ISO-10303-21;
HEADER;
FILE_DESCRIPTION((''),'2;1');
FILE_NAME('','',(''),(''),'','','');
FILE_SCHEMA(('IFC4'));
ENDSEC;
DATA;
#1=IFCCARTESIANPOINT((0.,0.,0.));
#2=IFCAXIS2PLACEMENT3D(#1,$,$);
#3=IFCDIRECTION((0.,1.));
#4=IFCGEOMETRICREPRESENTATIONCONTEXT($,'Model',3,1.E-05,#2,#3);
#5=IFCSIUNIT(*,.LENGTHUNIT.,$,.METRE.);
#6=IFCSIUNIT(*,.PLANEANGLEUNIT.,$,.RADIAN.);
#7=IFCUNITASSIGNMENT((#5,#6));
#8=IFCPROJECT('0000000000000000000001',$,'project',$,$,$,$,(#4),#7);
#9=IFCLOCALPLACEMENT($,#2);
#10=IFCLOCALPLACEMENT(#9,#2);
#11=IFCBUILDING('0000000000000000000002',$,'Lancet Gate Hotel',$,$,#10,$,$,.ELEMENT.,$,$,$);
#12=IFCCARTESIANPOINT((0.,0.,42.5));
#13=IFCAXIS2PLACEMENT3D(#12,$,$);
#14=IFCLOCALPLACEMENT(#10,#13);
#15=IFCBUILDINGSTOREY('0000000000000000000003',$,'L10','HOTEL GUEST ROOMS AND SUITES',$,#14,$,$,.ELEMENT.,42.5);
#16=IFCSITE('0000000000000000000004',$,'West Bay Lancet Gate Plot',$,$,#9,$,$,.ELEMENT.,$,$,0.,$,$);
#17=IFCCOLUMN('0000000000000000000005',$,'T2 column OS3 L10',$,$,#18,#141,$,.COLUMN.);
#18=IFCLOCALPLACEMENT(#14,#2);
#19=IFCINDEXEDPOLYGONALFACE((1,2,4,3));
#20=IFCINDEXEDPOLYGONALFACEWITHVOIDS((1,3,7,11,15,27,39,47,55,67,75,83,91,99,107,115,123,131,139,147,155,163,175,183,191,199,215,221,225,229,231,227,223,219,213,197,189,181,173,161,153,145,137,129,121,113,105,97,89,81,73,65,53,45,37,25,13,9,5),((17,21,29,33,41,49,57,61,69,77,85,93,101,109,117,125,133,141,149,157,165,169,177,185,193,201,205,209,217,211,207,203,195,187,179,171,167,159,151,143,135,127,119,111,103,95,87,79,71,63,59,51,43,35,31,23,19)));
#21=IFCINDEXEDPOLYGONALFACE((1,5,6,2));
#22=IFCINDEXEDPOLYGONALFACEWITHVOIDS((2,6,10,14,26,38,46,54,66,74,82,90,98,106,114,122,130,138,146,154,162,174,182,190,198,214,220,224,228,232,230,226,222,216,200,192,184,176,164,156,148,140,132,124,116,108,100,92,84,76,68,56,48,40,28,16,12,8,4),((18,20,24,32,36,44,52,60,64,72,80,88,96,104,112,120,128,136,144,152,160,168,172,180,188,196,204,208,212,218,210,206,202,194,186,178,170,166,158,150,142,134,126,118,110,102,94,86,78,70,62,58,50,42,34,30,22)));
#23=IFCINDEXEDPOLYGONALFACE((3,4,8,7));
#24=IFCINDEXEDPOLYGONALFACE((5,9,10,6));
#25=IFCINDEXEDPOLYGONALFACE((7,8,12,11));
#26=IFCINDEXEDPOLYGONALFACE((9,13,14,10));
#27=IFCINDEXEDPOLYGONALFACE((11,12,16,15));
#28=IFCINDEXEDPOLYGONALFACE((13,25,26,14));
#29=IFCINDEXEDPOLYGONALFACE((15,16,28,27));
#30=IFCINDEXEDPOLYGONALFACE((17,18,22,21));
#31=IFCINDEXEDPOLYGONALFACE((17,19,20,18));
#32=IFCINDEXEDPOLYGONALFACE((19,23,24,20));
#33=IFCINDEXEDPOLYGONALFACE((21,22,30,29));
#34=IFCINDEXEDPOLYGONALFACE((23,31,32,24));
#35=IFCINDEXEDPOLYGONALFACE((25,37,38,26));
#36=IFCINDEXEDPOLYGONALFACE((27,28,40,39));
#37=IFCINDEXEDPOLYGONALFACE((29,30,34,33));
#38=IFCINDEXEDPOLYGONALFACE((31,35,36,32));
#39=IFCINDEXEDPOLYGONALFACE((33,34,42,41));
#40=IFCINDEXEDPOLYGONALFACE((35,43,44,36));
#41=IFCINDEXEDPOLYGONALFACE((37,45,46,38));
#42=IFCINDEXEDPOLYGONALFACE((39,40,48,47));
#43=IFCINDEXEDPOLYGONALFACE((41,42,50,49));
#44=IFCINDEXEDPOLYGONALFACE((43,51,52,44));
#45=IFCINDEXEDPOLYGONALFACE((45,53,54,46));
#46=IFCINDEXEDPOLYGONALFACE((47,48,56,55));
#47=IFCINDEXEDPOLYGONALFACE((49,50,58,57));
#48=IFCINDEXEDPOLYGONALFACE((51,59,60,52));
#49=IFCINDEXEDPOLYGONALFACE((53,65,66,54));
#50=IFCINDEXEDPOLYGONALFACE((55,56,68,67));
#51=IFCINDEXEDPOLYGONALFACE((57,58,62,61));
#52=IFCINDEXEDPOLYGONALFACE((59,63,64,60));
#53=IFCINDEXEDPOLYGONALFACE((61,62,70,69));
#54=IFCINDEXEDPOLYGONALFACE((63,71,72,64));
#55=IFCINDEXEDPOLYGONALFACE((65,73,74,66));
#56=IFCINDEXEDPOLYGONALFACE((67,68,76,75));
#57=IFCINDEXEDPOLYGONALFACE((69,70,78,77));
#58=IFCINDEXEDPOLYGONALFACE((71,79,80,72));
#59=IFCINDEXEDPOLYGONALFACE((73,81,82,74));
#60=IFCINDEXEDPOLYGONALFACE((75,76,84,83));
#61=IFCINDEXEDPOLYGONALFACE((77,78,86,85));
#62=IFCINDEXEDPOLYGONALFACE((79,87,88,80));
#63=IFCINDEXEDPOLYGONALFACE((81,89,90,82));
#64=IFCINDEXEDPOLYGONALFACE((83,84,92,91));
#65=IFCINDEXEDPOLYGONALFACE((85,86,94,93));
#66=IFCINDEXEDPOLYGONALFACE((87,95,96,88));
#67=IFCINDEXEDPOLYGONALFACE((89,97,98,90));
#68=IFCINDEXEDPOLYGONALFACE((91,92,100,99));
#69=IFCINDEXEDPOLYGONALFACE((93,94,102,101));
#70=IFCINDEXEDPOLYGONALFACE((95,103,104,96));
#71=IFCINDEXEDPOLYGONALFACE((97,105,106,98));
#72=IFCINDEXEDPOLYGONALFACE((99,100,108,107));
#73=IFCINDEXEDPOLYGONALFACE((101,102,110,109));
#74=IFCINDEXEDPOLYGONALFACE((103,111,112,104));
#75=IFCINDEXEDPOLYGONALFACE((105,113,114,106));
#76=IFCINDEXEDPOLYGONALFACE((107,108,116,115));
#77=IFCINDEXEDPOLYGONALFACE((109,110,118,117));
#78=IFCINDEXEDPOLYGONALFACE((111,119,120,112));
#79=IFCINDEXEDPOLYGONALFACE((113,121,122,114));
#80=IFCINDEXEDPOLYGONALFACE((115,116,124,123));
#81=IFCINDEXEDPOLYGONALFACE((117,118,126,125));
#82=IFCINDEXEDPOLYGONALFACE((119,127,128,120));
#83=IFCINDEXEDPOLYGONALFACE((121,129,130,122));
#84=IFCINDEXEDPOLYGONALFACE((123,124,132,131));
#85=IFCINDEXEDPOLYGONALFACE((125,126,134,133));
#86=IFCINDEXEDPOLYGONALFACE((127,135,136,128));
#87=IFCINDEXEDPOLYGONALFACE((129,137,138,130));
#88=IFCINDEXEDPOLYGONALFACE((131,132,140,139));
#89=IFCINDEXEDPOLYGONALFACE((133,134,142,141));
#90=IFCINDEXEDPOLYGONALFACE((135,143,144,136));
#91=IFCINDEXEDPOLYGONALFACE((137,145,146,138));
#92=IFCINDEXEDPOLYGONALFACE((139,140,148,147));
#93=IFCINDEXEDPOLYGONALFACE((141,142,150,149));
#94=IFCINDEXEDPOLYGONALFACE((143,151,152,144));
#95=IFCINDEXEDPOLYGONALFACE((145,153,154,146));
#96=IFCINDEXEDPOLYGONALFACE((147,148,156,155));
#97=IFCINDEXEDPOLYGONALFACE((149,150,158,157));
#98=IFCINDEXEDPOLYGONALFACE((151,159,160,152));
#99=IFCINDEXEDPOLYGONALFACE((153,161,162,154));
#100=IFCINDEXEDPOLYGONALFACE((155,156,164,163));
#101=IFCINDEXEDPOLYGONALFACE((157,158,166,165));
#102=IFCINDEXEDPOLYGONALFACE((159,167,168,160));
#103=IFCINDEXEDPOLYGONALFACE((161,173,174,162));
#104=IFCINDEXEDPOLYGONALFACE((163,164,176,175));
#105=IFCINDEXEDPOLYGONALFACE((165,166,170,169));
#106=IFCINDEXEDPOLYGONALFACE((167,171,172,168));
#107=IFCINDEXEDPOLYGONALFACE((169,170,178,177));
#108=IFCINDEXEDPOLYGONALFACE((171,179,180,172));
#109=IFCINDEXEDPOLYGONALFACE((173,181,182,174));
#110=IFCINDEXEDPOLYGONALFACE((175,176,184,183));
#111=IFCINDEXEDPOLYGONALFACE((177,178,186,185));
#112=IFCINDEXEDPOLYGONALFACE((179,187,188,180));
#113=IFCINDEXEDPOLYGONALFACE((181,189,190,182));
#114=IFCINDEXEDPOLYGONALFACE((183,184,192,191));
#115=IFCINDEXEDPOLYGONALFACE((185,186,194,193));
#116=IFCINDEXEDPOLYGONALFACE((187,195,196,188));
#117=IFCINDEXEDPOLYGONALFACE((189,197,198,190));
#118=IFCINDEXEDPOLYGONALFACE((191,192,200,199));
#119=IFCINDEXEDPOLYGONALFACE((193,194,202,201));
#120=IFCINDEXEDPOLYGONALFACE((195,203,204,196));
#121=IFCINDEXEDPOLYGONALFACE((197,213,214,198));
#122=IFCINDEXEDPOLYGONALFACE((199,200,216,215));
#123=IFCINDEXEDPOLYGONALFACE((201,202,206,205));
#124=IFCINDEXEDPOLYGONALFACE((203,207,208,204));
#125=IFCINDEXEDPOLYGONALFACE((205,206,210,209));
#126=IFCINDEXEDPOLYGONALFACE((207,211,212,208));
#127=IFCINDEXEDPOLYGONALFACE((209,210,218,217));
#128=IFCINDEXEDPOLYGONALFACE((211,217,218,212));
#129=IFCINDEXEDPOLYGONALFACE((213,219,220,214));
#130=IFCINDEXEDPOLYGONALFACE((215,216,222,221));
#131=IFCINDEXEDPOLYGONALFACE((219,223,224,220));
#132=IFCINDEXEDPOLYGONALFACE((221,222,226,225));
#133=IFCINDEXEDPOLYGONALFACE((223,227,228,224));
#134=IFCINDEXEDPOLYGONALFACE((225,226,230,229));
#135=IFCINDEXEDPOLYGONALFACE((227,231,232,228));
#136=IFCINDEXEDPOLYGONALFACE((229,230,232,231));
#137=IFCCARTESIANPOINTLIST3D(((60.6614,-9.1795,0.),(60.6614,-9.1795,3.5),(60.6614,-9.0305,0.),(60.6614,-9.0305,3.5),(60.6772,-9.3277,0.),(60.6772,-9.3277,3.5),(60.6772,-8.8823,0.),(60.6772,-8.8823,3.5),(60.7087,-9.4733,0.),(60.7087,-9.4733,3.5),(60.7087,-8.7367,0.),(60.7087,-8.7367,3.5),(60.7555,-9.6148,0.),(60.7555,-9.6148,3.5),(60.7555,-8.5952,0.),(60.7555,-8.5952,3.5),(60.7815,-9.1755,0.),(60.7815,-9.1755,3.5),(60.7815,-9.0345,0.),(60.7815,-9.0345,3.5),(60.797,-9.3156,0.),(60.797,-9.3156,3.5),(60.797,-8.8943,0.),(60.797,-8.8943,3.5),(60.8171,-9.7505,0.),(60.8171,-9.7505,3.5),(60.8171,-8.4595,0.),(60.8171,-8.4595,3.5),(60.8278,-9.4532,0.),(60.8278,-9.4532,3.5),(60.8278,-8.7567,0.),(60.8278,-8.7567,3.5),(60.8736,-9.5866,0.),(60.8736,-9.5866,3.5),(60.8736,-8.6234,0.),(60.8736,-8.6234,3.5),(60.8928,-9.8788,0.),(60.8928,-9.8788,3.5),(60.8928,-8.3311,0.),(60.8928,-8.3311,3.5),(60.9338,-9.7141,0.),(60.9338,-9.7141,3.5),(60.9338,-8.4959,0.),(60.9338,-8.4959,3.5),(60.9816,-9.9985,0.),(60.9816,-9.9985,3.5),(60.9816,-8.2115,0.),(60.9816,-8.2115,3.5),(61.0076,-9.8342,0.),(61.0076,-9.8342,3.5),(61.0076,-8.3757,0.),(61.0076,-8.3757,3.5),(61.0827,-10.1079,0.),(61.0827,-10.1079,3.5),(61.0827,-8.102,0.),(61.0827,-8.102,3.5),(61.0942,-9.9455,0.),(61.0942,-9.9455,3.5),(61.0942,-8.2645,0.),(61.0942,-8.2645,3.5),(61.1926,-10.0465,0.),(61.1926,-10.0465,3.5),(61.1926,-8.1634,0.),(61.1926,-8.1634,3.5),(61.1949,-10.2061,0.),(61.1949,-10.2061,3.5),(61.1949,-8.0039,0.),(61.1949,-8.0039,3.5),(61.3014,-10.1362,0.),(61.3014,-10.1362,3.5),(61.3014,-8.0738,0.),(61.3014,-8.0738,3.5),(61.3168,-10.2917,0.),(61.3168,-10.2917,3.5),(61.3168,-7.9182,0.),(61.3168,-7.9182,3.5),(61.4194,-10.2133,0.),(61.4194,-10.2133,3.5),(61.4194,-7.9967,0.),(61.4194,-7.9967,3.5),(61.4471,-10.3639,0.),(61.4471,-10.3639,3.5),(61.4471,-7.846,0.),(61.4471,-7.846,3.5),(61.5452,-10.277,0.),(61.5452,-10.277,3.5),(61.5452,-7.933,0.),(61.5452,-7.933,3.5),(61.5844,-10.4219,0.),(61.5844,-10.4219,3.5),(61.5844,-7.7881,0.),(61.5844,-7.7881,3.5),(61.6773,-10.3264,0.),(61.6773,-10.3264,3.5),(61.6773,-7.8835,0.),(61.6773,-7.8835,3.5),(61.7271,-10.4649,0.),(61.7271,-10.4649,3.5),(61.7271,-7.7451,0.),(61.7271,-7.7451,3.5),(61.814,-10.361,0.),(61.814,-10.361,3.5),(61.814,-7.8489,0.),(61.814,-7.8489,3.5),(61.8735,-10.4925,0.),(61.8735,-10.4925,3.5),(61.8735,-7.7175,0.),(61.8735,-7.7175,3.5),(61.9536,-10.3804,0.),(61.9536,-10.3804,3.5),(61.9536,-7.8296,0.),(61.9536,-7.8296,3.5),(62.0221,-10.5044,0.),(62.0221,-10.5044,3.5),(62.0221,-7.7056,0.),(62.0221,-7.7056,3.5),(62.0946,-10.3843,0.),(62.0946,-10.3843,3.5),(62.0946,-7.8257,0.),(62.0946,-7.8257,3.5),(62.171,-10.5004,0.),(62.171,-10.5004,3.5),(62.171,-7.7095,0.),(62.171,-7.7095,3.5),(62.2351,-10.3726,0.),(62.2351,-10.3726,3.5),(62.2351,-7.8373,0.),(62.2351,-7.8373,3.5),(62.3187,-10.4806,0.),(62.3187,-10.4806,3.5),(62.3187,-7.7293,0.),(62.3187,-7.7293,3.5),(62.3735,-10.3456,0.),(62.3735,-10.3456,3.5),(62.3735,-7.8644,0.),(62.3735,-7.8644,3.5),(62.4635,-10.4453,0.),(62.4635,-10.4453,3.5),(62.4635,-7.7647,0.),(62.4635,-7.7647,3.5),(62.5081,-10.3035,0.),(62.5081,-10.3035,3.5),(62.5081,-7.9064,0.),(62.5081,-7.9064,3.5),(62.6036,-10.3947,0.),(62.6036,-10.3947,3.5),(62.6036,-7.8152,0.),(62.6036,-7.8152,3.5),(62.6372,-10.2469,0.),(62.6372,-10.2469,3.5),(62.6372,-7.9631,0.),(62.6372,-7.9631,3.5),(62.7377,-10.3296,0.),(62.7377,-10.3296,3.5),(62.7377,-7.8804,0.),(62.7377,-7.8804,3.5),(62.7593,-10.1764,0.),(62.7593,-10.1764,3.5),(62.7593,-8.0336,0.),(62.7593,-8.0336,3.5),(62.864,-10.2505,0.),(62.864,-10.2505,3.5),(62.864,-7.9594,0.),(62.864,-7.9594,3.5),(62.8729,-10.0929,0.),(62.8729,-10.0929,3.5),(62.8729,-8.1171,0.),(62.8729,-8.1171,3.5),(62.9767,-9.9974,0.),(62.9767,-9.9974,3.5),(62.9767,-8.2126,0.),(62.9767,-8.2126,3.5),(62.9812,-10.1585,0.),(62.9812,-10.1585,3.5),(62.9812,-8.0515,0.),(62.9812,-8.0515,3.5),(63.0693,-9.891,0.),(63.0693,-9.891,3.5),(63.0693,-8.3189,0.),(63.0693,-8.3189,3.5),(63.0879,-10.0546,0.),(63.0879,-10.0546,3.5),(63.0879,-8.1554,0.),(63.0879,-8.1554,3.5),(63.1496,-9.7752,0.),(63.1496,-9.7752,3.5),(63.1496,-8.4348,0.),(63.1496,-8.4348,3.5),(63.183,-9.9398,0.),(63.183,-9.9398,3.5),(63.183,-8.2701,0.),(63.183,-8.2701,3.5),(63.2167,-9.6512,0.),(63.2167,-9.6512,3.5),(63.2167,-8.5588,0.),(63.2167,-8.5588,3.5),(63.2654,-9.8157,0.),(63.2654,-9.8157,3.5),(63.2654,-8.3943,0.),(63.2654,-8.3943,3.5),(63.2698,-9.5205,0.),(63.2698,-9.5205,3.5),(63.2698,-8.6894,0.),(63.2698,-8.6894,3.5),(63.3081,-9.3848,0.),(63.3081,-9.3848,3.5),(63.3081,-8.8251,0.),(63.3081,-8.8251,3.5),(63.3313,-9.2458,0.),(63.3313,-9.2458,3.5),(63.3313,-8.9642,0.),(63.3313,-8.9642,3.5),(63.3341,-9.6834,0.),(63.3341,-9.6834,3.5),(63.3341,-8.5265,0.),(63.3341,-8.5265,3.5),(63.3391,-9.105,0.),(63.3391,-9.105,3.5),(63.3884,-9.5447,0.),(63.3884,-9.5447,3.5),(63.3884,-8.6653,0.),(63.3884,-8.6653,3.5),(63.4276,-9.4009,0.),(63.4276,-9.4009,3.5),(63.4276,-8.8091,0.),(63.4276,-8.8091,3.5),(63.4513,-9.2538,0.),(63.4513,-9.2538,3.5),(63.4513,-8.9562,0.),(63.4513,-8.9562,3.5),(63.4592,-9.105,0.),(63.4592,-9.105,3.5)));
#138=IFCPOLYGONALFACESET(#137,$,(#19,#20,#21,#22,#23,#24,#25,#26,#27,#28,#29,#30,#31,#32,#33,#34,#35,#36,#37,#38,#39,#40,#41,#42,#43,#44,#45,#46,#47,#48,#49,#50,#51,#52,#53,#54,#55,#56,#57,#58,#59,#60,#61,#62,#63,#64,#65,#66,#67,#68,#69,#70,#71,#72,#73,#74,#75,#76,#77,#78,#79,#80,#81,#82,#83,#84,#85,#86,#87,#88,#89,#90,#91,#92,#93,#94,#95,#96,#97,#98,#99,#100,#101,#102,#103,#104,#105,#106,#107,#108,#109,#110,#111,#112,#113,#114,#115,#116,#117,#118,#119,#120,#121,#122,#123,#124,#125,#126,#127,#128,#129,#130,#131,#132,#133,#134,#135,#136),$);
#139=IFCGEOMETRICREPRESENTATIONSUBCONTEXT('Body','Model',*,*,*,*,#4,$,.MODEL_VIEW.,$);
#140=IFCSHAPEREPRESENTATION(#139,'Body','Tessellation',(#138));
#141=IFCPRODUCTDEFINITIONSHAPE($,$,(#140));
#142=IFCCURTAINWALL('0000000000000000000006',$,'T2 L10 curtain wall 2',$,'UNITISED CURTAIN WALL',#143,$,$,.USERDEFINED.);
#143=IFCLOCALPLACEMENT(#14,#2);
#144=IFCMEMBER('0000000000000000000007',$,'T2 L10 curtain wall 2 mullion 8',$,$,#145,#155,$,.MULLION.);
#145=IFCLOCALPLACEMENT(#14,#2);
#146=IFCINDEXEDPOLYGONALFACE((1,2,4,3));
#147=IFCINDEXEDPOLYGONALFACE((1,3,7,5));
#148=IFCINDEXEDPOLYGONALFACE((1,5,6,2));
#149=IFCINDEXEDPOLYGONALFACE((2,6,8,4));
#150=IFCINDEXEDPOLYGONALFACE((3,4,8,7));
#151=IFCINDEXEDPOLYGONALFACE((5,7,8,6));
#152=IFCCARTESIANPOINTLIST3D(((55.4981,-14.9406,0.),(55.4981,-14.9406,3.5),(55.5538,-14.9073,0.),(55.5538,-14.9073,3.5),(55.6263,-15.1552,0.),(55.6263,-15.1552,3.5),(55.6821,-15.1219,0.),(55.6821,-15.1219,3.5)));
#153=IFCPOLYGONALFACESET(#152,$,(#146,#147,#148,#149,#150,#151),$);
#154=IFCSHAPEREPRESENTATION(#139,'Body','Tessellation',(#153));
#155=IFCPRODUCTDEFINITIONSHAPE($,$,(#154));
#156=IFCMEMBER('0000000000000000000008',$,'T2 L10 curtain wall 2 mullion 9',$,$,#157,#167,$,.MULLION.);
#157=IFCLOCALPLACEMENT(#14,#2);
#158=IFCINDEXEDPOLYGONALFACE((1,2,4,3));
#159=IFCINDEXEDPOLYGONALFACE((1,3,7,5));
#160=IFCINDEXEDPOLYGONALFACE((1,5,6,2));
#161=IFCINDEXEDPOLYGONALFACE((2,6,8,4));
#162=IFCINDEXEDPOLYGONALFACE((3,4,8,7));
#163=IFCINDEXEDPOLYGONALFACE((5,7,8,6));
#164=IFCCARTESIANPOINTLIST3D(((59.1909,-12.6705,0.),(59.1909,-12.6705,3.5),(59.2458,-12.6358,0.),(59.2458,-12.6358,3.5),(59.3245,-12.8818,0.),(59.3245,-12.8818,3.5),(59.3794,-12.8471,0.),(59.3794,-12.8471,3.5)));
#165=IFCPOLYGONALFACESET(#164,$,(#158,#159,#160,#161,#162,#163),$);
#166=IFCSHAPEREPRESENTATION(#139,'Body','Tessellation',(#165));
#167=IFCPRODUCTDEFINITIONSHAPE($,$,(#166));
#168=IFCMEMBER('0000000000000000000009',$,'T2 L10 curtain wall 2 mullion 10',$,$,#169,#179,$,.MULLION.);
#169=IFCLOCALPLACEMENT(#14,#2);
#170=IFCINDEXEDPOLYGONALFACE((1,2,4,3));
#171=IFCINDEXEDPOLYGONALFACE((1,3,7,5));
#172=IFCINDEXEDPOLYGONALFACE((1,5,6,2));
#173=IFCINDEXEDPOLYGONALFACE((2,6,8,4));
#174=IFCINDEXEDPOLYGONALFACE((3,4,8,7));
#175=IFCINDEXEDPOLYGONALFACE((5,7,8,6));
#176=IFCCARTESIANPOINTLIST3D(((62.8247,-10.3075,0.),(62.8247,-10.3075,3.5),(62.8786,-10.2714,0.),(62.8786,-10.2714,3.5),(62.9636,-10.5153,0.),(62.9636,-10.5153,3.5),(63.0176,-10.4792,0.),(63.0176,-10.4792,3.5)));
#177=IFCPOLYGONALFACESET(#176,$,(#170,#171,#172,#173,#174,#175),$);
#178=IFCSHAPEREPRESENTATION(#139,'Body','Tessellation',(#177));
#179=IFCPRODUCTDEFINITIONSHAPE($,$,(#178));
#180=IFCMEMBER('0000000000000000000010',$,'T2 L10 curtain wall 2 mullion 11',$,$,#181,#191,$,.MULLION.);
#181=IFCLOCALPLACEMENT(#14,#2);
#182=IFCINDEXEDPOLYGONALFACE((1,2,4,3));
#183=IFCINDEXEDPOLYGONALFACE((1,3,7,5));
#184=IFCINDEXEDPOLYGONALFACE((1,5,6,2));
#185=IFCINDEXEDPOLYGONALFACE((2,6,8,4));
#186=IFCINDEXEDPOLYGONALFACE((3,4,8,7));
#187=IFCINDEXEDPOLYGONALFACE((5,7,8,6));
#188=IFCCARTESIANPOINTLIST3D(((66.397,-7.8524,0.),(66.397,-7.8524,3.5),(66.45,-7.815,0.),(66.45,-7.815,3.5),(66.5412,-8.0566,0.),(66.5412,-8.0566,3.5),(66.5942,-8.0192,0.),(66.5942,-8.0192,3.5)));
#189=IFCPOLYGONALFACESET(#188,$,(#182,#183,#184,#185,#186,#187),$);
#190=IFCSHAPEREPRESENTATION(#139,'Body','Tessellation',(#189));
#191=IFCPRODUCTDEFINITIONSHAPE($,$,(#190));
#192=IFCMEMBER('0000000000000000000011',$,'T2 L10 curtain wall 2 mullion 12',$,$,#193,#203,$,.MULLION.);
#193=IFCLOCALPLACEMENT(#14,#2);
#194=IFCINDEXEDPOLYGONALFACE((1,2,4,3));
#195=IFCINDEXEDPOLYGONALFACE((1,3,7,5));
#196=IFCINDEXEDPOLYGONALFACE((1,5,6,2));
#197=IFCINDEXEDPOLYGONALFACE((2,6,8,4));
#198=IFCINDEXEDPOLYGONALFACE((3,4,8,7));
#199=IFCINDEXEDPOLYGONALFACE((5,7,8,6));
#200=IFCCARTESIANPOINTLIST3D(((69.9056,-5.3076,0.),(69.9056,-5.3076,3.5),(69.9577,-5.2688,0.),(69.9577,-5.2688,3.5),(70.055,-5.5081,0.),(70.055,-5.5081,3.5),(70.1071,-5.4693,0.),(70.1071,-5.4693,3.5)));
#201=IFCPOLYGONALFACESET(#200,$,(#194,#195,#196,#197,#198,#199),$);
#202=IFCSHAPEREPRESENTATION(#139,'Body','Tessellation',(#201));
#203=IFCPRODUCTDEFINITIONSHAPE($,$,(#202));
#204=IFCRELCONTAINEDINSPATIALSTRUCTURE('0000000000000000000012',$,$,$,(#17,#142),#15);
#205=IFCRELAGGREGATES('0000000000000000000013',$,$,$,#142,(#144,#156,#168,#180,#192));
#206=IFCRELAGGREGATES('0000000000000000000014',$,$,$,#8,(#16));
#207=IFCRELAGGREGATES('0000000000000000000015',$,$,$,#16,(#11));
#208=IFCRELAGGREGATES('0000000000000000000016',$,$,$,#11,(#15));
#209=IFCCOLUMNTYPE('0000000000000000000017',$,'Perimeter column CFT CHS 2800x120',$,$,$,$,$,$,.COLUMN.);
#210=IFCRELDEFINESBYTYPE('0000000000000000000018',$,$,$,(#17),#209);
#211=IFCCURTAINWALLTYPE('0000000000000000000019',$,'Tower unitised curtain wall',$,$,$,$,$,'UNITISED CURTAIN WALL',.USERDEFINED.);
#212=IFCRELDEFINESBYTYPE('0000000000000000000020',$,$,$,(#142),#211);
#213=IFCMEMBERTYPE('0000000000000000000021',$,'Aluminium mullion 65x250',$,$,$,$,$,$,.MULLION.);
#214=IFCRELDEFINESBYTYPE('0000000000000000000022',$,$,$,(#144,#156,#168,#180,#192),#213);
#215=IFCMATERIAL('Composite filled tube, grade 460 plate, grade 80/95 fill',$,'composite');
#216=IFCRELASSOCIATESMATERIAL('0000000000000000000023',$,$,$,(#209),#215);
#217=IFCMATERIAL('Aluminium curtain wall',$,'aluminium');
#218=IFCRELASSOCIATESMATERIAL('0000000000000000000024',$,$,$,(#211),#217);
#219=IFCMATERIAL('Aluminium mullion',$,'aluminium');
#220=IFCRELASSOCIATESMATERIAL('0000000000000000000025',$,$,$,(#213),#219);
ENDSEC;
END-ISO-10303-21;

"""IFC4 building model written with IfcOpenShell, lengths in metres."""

from ifc_helpers import new_model, si_unit, direction, frame, origin, origin_2d, place, context, subcontext, project, spatial, rectangle, hollow_circle, extrude, material, material_profile, profile_set, type_object, element, aggregate, save


model = new_model("IFC4")

# Units and contexts
model_context = context("Model", 3, precision=1e-05, world=origin(), true_north=direction((0.0, 1.0)))
body_context = subcontext(model_context, "Body", "Model", "MODEL_VIEW")
ifc_project = project(units=[si_unit("LENGTHUNIT", "METRE"), si_unit("PLANEANGLEUNIT", "RADIAN")], contexts=[model_context])

# Site, building, storey
site_placement = place(None, origin())
site = spatial("IfcSite", under=ifc_project, at=site_placement, Name="West Bay Lancet Gate Plot", CompositionType="ELEMENT", RefElevation=0.0)
building_placement = place(site_placement, origin())
building = spatial("IfcBuilding", under=site, at=building_placement, Name="Lancet Gate Hotel", CompositionType="ELEMENT")
storey_placement = place(building_placement, frame((0.0, 0.0, 42.5)))
storey = spatial("IfcBuildingStorey", under=building, at=storey_placement, Name="L10", Description="HOTEL GUEST ROOMS AND SUITES", CompositionType="ELEMENT", Elevation=42.5)

# Column
ifc_material_1 = material(Name="Composite filled tube, grade 460 plate, grade 80/95 fill", Category="composite")
ifc_material_profile_1 = material_profile(ifc_material_1, hollow_circle(Radius=1.3999, WallThickness=0.1201, at=origin_2d()), Name="CHS 2800x120")
ifc_profile_set_1 = profile_set([ifc_material_profile_1], Name="Composite filled tube, grade 460 plate, grade 80/95 fill")
column_type = type_object("IfcColumnType", Name="Perimeter column CFT CHS 2800x120", PredefinedType="COLUMN", material=ifc_profile_set_1)
for number, where, z_axis, x_axis, name in (
    (1, (62.0593, -9.105, 0.0), (0.0, 0.0, 1.0), (1.0, 0.0, 0.0), "T2 column OS3 L10"),
):
    element("IfcColumn", number, at=place(storey_placement, frame(where, z_axis=z_axis, x_axis=x_axis)), inside=storey, type_object=column_type, Name=name, PredefinedType="COLUMN", context=body_context, shape_type="SweptSolid", body=[
        extrude(hollow_circle(Radius=1.3999, WallThickness=0.1201, at=origin_2d()), origin(), (0.0, 0.0, 1.0), 3.5),
    ])

# Curtain wall, members
ifc_material_2 = material(Name="Aluminium curtain wall", Category="aluminium")
curtain_wall_type = type_object("IfcCurtainWallType", Name="Tower unitised curtain wall", ElementType="UNITISED CURTAIN WALL", PredefinedType="USERDEFINED", material=ifc_material_2)
curtain_wall_placement = place(storey_placement, origin())
curtain_wall = element("IfcCurtainWall", 2, at=curtain_wall_placement, inside=storey, type_object=curtain_wall_type, Name="T2 L10 curtain wall 2", ObjectType="UNITISED CURTAIN WALL", PredefinedType="USERDEFINED")
ifc_material_3 = material(Name="Aluminium mullion", Category="aluminium")
ifc_material_profile_2 = material_profile(ifc_material_3, rectangle(XDim=0.0649, YDim=0.25, at=origin_2d()), Name="MULLION 65x250")
ifc_profile_set_2 = profile_set([ifc_material_profile_2], Name="Aluminium mullion")
member_type_1 = type_object("IfcMemberType", Name="Aluminium mullion 65x250", PredefinedType="MULLION", material=ifc_profile_set_2)
member_1_placement = place(storey_placement, frame((55.5901, -15.0312, 0.0), z_axis=(0.0, 0.0, 1.0), x_axis=(0.858413, 0.512959, 0.0)))
member_1 = element("IfcMember", 3, at=member_1_placement, type_object=member_type_1, Name="T2 L10 curtain wall 2 mullion 8", PredefinedType="MULLION", context=body_context, shape_type="SweptSolid", body=[
    extrude(rectangle(XDim=0.0649, YDim=0.25, at=origin_2d()), origin(), (0.0, 0.0, 1.0), 3.5),
])
member_2_placement = place(storey_placement, frame((59.2852, -12.7588, 0.0), z_axis=(0.0, 0.0, 1.0), x_axis=(0.845079, 0.534641, 0.0)))
member_2 = element("IfcMember", 4, at=member_2_placement, type_object=member_type_1, Name="T2 L10 curtain wall 2 mullion 9", PredefinedType="MULLION", context=body_context, shape_type="SweptSolid", body=[
    extrude(rectangle(XDim=0.0649, YDim=0.25, at=origin_2d()), origin(), (0.0, 0.0, 1.0), 3.5),
])
member_3_placement = place(storey_placement, frame((62.9211, -10.3933, 0.0), z_axis=(0.0, 0.0, 1.0), x_axis=(0.831198, 0.555976, 0.0)))
member_3 = element("IfcMember", 5, at=member_3_placement, type_object=member_type_1, Name="T2 L10 curtain wall 2 mullion 10", PredefinedType="MULLION", context=body_context, shape_type="SweptSolid", body=[
    extrude(rectangle(XDim=0.0649, YDim=0.25, at=origin_2d()), origin(), (0.0, 0.0, 1.0), 3.5),
])
member_4_placement = place(storey_placement, frame((66.4956, -7.9358, 0.0), z_axis=(0.0, 0.0, 1.0), x_axis=(0.816779, 0.576951, 0.0)))
member_4 = element("IfcMember", 6, at=member_4_placement, type_object=member_type_1, Name="T2 L10 curtain wall 2 mullion 11", PredefinedType="MULLION", context=body_context, shape_type="SweptSolid", body=[
    extrude(rectangle(XDim=0.0649, YDim=0.25, at=origin_2d()), origin(), (0.0, 0.0, 1.0), 3.5),
])
member_5_placement = place(storey_placement, frame((70.0063, -5.3884, 0.0), z_axis=(0.0, 0.0, 1.0), x_axis=(0.80183, 0.597552, 0.0)))
member_5 = element("IfcMember", 7, at=member_5_placement, type_object=member_type_1, Name="T2 L10 curtain wall 2 mullion 12", PredefinedType="MULLION", context=body_context, shape_type="SweptSolid", body=[
    extrude(rectangle(XDim=0.0649, YDim=0.25, at=origin_2d()), origin(), (0.0, 0.0, 1.0), 3.5),
])

aggregate(curtain_wall, [member_1, member_2, member_3, member_4, member_5])

save(model, "model.ifc")
